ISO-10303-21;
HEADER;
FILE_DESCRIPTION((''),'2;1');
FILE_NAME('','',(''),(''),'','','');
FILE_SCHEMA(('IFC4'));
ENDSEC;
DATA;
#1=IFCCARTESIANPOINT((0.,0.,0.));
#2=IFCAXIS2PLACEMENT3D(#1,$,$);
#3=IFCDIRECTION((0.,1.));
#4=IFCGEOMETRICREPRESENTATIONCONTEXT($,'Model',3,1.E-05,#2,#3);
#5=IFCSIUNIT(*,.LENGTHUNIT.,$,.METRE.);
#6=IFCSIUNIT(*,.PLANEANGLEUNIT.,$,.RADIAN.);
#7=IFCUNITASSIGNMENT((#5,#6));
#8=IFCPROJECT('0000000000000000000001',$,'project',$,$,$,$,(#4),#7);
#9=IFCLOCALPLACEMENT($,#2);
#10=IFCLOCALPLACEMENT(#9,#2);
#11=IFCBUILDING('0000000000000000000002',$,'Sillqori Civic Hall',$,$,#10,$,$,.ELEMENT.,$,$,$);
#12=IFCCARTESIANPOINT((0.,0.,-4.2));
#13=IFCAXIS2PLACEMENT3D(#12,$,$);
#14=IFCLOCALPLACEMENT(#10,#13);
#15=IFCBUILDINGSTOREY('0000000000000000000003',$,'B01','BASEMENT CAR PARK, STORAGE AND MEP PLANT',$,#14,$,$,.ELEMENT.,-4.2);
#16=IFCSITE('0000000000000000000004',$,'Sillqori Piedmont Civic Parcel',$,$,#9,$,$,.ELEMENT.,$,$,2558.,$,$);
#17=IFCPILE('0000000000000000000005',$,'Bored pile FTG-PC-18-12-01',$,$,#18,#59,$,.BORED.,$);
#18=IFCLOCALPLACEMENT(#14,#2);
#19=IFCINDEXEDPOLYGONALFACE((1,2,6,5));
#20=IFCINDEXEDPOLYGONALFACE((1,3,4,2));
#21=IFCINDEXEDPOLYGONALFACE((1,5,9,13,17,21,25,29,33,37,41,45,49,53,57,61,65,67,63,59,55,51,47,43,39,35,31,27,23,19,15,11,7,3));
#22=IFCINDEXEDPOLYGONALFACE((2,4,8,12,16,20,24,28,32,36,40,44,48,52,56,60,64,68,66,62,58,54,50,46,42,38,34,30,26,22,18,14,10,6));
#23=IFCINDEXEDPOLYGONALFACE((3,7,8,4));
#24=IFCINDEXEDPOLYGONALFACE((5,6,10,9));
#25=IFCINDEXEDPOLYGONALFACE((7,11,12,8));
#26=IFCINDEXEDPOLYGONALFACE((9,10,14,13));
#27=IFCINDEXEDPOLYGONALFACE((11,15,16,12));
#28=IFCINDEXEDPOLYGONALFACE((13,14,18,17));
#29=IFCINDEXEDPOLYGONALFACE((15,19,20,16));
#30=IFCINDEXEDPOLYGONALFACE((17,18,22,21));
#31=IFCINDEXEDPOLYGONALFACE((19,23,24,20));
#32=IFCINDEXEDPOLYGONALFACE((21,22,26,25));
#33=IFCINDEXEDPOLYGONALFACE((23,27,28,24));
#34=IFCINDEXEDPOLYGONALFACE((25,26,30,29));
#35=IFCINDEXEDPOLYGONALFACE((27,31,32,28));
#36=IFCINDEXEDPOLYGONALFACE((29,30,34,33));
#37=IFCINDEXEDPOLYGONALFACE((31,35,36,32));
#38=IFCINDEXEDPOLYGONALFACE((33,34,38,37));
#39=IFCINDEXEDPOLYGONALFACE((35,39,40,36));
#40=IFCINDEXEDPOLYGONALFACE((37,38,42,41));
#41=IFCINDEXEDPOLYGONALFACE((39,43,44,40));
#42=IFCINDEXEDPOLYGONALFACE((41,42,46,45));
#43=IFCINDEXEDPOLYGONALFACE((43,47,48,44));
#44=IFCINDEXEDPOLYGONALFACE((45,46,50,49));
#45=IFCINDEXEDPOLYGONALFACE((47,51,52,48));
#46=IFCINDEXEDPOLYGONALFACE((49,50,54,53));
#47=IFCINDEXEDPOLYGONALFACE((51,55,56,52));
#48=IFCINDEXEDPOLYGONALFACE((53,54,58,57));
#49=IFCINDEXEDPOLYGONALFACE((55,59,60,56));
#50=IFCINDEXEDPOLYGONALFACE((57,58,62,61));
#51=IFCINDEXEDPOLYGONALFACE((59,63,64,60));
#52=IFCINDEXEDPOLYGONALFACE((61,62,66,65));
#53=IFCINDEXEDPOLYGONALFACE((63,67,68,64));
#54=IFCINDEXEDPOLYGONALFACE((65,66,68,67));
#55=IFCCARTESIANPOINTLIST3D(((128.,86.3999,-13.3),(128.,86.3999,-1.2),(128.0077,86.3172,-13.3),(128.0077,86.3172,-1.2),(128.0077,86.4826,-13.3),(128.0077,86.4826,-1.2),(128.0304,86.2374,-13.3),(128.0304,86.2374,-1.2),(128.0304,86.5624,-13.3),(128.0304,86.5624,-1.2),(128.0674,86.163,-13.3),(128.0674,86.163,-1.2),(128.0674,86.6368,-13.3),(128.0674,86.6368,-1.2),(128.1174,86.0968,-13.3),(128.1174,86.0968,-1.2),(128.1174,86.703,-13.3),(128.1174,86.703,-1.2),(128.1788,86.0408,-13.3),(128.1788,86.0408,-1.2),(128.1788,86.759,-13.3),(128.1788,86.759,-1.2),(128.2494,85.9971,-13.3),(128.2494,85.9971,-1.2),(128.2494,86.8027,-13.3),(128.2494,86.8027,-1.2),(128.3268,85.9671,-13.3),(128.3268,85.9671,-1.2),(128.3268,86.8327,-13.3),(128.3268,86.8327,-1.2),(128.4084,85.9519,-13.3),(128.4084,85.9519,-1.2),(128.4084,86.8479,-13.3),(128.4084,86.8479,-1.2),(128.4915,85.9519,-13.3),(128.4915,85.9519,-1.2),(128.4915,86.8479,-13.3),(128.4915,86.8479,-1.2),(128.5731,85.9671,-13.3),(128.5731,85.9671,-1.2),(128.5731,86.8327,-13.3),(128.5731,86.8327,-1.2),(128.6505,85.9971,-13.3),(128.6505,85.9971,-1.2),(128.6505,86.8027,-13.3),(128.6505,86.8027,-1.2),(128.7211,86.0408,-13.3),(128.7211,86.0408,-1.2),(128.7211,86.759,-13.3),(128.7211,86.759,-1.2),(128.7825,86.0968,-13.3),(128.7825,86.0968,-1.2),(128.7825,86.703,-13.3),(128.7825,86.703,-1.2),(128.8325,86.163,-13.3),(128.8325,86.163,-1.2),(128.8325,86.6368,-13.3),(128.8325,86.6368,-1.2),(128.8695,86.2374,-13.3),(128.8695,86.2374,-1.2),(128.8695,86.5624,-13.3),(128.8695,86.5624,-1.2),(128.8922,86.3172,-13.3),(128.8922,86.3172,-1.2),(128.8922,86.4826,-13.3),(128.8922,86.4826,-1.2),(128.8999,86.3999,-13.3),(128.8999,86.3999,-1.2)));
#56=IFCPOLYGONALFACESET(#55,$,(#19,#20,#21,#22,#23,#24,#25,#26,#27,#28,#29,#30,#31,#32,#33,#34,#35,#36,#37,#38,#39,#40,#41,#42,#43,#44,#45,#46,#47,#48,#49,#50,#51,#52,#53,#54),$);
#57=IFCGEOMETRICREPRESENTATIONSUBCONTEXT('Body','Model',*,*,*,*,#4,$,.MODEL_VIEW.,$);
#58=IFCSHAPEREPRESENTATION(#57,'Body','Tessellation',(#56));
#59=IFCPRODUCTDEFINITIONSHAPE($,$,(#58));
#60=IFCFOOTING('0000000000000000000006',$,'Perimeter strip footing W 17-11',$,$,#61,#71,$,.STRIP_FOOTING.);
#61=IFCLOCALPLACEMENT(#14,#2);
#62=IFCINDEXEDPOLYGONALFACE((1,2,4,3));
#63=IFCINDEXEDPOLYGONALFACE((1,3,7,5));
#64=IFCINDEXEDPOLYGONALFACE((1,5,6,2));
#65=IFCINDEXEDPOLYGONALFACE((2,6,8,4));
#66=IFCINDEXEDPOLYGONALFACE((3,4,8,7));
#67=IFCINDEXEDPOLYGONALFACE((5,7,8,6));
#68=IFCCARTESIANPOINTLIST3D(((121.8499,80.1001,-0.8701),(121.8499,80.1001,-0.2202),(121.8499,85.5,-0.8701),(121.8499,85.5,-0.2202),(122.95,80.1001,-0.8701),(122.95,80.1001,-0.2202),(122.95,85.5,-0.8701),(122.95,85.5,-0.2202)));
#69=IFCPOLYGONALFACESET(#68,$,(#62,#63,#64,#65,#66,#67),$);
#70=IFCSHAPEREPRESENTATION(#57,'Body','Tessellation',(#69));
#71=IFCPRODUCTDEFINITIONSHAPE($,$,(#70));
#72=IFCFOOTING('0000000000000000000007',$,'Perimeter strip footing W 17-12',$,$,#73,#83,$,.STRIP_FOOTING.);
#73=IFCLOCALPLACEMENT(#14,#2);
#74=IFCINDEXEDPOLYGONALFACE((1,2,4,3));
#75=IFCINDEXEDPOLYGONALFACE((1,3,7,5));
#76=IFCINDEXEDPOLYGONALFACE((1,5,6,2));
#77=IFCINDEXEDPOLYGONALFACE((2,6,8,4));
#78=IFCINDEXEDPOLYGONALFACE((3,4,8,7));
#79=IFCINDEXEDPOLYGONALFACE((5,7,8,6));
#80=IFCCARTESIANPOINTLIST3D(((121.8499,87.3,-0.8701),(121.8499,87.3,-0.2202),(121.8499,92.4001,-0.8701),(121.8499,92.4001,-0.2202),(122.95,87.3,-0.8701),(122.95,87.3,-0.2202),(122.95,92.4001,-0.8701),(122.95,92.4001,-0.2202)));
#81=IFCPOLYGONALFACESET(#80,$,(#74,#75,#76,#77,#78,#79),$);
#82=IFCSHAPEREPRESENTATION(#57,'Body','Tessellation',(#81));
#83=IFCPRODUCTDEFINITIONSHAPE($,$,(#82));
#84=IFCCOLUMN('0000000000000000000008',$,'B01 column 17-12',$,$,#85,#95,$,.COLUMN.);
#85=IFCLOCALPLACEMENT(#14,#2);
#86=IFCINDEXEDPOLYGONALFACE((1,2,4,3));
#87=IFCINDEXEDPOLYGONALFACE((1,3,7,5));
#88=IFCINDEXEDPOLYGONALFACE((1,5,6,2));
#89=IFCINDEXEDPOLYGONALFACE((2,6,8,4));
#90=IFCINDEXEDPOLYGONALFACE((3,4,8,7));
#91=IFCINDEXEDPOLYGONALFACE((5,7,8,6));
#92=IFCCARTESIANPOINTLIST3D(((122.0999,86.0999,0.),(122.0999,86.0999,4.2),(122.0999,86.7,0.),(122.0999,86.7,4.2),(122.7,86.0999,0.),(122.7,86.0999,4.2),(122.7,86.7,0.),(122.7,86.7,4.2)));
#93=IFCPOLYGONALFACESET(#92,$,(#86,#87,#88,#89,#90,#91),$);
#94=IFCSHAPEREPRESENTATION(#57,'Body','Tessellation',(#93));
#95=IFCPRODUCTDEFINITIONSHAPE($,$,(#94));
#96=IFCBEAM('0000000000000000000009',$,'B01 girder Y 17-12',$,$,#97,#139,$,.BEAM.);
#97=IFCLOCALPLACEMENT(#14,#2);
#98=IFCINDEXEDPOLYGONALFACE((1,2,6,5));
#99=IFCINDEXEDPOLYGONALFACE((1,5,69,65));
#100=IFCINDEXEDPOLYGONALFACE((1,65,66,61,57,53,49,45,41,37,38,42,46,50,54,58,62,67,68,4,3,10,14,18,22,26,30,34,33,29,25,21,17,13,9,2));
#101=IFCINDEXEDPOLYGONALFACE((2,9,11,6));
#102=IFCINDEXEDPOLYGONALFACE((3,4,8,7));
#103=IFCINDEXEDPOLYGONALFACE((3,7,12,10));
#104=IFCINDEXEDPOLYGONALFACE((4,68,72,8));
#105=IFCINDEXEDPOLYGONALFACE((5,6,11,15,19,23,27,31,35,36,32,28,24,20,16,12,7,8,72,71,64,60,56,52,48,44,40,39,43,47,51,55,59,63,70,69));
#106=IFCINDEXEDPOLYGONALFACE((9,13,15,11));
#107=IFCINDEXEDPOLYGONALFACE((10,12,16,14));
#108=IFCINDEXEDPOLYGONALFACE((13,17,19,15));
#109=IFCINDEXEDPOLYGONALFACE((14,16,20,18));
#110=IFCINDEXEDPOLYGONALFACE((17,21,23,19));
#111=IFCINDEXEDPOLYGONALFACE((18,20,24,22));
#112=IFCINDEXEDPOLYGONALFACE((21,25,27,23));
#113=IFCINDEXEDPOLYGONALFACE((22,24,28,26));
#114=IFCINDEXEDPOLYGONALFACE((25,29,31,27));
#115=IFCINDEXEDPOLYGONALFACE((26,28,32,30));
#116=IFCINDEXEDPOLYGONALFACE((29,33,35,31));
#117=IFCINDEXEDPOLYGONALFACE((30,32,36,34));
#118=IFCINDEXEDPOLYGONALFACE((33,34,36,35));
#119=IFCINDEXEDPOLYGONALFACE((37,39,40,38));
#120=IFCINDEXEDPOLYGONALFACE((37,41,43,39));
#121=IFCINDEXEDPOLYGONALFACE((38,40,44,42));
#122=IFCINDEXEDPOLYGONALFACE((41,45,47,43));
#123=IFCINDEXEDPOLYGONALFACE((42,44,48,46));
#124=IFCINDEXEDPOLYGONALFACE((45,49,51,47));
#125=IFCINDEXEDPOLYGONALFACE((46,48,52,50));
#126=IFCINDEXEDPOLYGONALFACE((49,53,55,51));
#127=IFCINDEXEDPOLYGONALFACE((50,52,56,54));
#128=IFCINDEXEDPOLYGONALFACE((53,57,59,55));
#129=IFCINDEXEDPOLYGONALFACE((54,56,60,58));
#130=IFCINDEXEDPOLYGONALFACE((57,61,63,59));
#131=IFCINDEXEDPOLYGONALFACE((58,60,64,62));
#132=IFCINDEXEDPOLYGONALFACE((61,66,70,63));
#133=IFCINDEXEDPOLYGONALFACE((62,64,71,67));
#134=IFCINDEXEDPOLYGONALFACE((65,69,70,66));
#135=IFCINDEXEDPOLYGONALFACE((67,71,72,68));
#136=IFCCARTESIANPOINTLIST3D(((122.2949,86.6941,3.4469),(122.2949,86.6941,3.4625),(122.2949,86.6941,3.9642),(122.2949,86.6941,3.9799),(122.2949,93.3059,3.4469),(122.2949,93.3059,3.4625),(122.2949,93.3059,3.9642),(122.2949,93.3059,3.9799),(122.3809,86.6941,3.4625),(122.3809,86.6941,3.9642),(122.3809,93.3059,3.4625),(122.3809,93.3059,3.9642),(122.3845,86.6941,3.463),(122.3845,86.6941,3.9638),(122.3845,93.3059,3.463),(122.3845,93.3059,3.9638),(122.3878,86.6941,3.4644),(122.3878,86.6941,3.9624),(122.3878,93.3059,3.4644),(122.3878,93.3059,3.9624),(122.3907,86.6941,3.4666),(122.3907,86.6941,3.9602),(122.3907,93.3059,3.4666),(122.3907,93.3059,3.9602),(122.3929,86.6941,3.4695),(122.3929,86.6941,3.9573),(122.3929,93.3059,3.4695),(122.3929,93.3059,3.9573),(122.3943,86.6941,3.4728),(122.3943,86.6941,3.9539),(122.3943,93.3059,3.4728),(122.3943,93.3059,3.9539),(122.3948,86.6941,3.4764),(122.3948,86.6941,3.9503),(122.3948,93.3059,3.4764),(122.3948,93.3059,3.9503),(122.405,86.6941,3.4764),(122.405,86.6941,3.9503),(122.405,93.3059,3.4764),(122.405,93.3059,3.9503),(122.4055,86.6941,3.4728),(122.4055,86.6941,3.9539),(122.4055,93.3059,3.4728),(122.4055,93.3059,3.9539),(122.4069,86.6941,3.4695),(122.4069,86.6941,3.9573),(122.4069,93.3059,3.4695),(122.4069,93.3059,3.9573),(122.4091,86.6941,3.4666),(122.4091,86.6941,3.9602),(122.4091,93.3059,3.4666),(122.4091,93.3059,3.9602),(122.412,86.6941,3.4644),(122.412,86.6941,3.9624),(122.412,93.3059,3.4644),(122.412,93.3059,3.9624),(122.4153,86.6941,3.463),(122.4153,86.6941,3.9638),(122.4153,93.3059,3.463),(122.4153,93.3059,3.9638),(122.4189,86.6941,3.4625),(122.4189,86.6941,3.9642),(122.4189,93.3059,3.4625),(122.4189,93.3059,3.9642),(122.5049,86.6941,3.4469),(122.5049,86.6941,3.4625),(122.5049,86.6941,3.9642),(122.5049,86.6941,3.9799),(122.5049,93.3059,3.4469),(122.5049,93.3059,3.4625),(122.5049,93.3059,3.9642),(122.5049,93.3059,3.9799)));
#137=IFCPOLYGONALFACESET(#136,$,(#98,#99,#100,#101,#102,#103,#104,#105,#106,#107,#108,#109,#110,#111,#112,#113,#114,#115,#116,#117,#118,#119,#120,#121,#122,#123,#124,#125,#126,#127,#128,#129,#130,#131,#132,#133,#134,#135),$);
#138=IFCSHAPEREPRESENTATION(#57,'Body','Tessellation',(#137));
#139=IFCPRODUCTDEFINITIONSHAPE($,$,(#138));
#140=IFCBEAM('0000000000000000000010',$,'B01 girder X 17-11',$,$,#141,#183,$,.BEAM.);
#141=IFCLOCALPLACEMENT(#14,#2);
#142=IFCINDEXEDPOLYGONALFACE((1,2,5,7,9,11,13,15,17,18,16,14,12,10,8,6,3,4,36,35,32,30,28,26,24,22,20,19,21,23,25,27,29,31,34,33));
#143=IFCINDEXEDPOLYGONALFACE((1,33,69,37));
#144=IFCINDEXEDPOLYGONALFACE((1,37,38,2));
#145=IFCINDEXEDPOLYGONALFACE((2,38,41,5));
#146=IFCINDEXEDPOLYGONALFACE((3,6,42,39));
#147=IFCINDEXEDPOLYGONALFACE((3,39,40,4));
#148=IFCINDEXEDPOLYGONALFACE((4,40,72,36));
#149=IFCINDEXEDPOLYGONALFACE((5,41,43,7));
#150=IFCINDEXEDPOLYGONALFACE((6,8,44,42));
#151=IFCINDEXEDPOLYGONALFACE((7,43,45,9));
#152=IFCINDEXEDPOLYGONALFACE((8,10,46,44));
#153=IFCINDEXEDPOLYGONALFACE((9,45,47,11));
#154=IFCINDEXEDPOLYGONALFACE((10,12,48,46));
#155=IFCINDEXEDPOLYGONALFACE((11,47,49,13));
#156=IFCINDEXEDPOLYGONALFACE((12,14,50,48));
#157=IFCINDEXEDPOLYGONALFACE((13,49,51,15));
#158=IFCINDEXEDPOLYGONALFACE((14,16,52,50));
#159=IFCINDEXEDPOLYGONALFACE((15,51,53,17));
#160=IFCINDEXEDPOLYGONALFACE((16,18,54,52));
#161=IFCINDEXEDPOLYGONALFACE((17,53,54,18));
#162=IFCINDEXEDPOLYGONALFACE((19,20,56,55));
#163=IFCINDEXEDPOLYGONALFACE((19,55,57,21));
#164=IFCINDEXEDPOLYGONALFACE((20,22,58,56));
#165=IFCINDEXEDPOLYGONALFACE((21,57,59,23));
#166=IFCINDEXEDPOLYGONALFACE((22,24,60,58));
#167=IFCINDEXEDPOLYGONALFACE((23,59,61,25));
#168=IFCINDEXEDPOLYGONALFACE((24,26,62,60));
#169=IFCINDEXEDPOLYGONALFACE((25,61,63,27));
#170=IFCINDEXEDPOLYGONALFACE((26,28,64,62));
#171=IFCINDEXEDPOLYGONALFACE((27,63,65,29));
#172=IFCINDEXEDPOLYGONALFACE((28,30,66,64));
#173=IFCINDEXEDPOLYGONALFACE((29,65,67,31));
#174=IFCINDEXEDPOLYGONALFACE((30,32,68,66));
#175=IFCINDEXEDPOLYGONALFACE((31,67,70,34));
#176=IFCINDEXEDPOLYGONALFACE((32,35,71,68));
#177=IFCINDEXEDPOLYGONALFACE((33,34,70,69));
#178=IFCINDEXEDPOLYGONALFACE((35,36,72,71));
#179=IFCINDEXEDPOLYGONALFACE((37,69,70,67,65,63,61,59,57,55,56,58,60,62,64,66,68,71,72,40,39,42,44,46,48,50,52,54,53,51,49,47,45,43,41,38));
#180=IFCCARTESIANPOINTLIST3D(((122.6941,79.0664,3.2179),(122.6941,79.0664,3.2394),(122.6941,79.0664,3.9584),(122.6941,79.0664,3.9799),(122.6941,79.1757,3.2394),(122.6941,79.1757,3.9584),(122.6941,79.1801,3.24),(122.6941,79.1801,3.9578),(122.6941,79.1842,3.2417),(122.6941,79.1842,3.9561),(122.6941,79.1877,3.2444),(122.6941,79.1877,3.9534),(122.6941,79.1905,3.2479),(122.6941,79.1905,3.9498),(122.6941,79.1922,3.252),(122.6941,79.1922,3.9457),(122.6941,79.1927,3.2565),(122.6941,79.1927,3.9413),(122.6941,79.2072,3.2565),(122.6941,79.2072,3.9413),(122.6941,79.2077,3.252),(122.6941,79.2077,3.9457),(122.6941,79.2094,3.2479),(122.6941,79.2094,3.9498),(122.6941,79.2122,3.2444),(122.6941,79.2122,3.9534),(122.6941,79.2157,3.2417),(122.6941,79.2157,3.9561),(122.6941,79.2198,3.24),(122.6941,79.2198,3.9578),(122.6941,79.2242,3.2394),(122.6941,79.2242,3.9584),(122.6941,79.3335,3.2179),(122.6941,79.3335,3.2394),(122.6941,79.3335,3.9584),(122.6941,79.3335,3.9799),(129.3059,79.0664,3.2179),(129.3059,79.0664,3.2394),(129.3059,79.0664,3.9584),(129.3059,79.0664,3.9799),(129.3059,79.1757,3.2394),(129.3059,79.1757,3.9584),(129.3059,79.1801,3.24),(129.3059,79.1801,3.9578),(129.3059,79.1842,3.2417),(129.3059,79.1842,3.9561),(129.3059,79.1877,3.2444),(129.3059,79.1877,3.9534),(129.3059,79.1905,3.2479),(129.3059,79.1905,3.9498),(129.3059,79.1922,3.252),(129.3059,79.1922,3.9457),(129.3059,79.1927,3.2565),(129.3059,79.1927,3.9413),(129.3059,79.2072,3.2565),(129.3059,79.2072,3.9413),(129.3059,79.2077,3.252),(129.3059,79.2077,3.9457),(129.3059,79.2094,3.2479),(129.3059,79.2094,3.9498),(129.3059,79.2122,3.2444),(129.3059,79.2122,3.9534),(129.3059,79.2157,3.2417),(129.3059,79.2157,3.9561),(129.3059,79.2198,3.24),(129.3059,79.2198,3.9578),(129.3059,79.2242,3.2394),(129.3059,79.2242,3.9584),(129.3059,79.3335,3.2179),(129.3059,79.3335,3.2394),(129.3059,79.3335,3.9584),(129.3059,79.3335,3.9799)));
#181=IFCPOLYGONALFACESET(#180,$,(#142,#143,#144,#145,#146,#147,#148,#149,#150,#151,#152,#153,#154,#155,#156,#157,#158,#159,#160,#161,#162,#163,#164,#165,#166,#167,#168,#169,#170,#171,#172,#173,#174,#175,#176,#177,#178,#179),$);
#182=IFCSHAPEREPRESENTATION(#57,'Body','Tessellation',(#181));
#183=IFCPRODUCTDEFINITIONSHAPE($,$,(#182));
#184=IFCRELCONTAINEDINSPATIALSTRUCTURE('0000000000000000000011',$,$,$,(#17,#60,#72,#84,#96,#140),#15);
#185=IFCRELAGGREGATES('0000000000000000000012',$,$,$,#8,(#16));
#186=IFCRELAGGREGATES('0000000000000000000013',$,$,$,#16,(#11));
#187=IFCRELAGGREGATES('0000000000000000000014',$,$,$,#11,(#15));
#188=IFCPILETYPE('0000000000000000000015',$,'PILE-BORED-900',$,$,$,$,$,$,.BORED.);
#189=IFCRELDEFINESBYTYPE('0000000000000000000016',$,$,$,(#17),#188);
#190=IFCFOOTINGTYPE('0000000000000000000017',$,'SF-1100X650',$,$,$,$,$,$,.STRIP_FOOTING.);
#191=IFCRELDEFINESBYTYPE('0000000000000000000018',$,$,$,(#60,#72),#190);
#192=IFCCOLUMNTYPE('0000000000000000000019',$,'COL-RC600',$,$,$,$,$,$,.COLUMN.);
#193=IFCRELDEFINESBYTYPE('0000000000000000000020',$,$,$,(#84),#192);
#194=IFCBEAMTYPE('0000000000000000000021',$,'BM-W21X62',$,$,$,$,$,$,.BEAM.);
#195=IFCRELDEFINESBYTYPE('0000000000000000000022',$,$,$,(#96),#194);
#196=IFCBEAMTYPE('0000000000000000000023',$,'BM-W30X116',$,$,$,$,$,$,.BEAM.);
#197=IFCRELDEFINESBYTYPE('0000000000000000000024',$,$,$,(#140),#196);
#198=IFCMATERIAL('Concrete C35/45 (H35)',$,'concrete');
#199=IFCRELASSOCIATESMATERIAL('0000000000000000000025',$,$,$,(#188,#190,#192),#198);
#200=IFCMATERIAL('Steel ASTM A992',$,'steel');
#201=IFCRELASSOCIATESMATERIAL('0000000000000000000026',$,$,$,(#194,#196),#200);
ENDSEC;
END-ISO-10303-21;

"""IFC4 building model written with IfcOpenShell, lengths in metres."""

from ifc_helpers import new_model, si_unit, direction, frame, origin, origin_2d, place, context, subcontext, project, spatial, rectangle, circle, i_section, extrude, material, material_profile, profile_set, type_object, element, save


model = new_model("IFC4")

# Units and contexts
model_context = context("Model", 3, precision=1e-05, world=origin(), true_north=direction((0.0, 1.0)))
body_context = subcontext(model_context, "Body", "Model", "MODEL_VIEW")
ifc_project = project(units=[si_unit("LENGTHUNIT", "METRE"), si_unit("PLANEANGLEUNIT", "RADIAN")], contexts=[model_context])

# Site, building, storey
site_placement = place(None, origin())
site = spatial("IfcSite", under=ifc_project, at=site_placement, Name="Sillqori Piedmont Civic Parcel", CompositionType="ELEMENT", RefElevation=2558.0)
building_placement = place(site_placement, origin())
building = spatial("IfcBuilding", under=site, at=building_placement, Name="Sillqori Civic Hall", CompositionType="ELEMENT")
storey_placement = place(building_placement, frame((0.0, 0.0, -4.2)))
storey = spatial("IfcBuildingStorey", under=building, at=storey_placement, Name="B01", Description="BASEMENT CAR PARK, STORAGE AND MEP PLANT", CompositionType="ELEMENT", Elevation=-4.2)

# Shared definitions
ifc_material_1 = material(Name="Concrete C35/45 (H35)", Category="concrete")

# Pile
ifc_material_profile_1 = material_profile(ifc_material_1, circle(Radius=0.45, at=origin_2d()), Name="BORED PILE 900")
ifc_profile_set_1 = profile_set([ifc_material_profile_1], Name="Concrete C35/45 (H35)")
pile_type = type_object("IfcPileType", Name="PILE-BORED-900", PredefinedType="BORED", material=ifc_profile_set_1)
for number, where, z_axis, x_axis, name in (
    (1, (128.45, 86.3999, -1.2), (0.0, 0.0, -1.0), (1.0, 0.0, 0.0), "Bored pile FTG-PC-18-12-01"),
):
    element("IfcPile", number, at=place(storey_placement, frame(where, z_axis=z_axis, x_axis=x_axis)), inside=storey, type_object=pile_type, Name=name, PredefinedType="BORED", context=body_context, shape_type="SweptSolid", body=[
        extrude(circle(Radius=0.45, at=origin_2d()), origin(), (0.0, 0.0, 1.0), 12.1001),
    ])

# Footings
footing_type_1 = type_object("IfcFootingType", Name="SF-1100X650", PredefinedType="STRIP_FOOTING", material=ifc_material_1)
footing_1_placement = place(storey_placement, frame((122.3999, 82.8, -0.8701), z_axis=(0.0, 0.0, 1.0), x_axis=(1.0, 0.0, 0.0)))
element("IfcFooting", 2, at=footing_1_placement, inside=storey, type_object=footing_type_1, Name="Perimeter strip footing W 17-11", PredefinedType="STRIP_FOOTING", context=body_context, shape_type="SweptSolid", body=[
    extrude(rectangle(XDim=1.1001, YDim=5.3999, at=origin_2d()), origin(), (0.0, 0.0, 1.0), 0.6499),
])
footing_2_placement = place(storey_placement, frame((122.3999, 89.8501, -0.8701), z_axis=(0.0, 0.0, 1.0), x_axis=(1.0, 0.0, 0.0)))
element("IfcFooting", 3, at=footing_2_placement, inside=storey, type_object=footing_type_1, Name="Perimeter strip footing W 17-12", PredefinedType="STRIP_FOOTING", context=body_context, shape_type="SweptSolid", body=[
    extrude(rectangle(XDim=1.1001, YDim=5.1001, at=origin_2d()), origin(), (0.0, 0.0, 1.0), 0.6499),
])

# Column
ifc_material_profile_2 = material_profile(ifc_material_1, rectangle(XDim=0.6001, YDim=0.6001, at=origin_2d()), Name="RC 600x600")
ifc_profile_set_2 = profile_set([ifc_material_profile_2], Name="Concrete C35/45 (H35)")
column_type = type_object("IfcColumnType", Name="COL-RC600", PredefinedType="COLUMN", material=ifc_profile_set_2)
column_placement = place(storey_placement, frame((122.3999, 86.3999, 0.0), z_axis=(0.0, 0.0, 1.0), x_axis=(1.0, 0.0, 0.0)))
element("IfcColumn", 4, at=column_placement, inside=storey, type_object=column_type, Name="B01 column 17-12", PredefinedType="COLUMN", context=body_context, shape_type="SweptSolid", body=[
    extrude(rectangle(XDim=0.6001, YDim=0.6001, at=origin_2d()), origin(), (0.0, 0.0, 1.0), 4.2),
])

# Beams
ifc_material_2 = material(Name="Steel ASTM A992", Category="steel")
ifc_material_profile_3 = material_profile(ifc_material_2, i_section(OverallWidth=0.21, OverallDepth=0.533, WebThickness=0.0103, FlangeThickness=0.0156, FilletRadius=0.0139, at=origin_2d()), Name="W21X62")
ifc_profile_set_3 = profile_set([ifc_material_profile_3], Name="Steel ASTM A992")
beam_type_1 = type_object("IfcBeamType", Name="BM-W21X62", PredefinedType="BEAM", material=ifc_profile_set_3)
beam_placement = place(storey_placement, frame((122.3999, 86.6941, 3.7134), z_axis=(0.0, 1.0, 0.0), x_axis=(-1.0, 0.0, 0.0)))
element("IfcBeam", 5, at=beam_placement, inside=storey, type_object=beam_type_1, Name="B01 girder Y 17-12", PredefinedType="BEAM", context=body_context, shape_type="SweptSolid", body=[
    extrude(i_section(OverallWidth=0.21, OverallDepth=0.533, WebThickness=0.0103, FlangeThickness=0.0156, FilletRadius=0.0139, at=origin_2d()), origin(), (0.0, 0.0, 1.0), 6.6118),
])
ifc_material_profile_4 = material_profile(ifc_material_2, i_section(OverallWidth=0.2671, OverallDepth=0.762, WebThickness=0.0144, FlangeThickness=0.0215, FilletRadius=0.0171, at=origin_2d()), Name="W30X116")
ifc_profile_set_4 = profile_set([ifc_material_profile_4], Name="Steel ASTM A992")
beam_type_2 = type_object("IfcBeamType", Name="BM-W30X116", PredefinedType="BEAM", material=ifc_profile_set_4)
for number, where, z_axis, x_axis, name in (
    (6, (122.6941, 79.2, 3.5989), (1.0, 0.0, 0.0), (0.0, 1.0, 0.0), "B01 girder X 17-11"),
):
    element("IfcBeam", number, at=place(storey_placement, frame(where, z_axis=z_axis, x_axis=x_axis)), inside=storey, type_object=beam_type_2, Name=name, PredefinedType="BEAM", context=body_context, shape_type="SweptSolid", body=[
        extrude(i_section(OverallWidth=0.2671, OverallDepth=0.762, WebThickness=0.0144, FlangeThickness=0.0215, FilletRadius=0.0171, at=origin_2d()), origin(), (0.0, 0.0, 1.0), 6.6118),
    ])

save(model, "model.ifc")
